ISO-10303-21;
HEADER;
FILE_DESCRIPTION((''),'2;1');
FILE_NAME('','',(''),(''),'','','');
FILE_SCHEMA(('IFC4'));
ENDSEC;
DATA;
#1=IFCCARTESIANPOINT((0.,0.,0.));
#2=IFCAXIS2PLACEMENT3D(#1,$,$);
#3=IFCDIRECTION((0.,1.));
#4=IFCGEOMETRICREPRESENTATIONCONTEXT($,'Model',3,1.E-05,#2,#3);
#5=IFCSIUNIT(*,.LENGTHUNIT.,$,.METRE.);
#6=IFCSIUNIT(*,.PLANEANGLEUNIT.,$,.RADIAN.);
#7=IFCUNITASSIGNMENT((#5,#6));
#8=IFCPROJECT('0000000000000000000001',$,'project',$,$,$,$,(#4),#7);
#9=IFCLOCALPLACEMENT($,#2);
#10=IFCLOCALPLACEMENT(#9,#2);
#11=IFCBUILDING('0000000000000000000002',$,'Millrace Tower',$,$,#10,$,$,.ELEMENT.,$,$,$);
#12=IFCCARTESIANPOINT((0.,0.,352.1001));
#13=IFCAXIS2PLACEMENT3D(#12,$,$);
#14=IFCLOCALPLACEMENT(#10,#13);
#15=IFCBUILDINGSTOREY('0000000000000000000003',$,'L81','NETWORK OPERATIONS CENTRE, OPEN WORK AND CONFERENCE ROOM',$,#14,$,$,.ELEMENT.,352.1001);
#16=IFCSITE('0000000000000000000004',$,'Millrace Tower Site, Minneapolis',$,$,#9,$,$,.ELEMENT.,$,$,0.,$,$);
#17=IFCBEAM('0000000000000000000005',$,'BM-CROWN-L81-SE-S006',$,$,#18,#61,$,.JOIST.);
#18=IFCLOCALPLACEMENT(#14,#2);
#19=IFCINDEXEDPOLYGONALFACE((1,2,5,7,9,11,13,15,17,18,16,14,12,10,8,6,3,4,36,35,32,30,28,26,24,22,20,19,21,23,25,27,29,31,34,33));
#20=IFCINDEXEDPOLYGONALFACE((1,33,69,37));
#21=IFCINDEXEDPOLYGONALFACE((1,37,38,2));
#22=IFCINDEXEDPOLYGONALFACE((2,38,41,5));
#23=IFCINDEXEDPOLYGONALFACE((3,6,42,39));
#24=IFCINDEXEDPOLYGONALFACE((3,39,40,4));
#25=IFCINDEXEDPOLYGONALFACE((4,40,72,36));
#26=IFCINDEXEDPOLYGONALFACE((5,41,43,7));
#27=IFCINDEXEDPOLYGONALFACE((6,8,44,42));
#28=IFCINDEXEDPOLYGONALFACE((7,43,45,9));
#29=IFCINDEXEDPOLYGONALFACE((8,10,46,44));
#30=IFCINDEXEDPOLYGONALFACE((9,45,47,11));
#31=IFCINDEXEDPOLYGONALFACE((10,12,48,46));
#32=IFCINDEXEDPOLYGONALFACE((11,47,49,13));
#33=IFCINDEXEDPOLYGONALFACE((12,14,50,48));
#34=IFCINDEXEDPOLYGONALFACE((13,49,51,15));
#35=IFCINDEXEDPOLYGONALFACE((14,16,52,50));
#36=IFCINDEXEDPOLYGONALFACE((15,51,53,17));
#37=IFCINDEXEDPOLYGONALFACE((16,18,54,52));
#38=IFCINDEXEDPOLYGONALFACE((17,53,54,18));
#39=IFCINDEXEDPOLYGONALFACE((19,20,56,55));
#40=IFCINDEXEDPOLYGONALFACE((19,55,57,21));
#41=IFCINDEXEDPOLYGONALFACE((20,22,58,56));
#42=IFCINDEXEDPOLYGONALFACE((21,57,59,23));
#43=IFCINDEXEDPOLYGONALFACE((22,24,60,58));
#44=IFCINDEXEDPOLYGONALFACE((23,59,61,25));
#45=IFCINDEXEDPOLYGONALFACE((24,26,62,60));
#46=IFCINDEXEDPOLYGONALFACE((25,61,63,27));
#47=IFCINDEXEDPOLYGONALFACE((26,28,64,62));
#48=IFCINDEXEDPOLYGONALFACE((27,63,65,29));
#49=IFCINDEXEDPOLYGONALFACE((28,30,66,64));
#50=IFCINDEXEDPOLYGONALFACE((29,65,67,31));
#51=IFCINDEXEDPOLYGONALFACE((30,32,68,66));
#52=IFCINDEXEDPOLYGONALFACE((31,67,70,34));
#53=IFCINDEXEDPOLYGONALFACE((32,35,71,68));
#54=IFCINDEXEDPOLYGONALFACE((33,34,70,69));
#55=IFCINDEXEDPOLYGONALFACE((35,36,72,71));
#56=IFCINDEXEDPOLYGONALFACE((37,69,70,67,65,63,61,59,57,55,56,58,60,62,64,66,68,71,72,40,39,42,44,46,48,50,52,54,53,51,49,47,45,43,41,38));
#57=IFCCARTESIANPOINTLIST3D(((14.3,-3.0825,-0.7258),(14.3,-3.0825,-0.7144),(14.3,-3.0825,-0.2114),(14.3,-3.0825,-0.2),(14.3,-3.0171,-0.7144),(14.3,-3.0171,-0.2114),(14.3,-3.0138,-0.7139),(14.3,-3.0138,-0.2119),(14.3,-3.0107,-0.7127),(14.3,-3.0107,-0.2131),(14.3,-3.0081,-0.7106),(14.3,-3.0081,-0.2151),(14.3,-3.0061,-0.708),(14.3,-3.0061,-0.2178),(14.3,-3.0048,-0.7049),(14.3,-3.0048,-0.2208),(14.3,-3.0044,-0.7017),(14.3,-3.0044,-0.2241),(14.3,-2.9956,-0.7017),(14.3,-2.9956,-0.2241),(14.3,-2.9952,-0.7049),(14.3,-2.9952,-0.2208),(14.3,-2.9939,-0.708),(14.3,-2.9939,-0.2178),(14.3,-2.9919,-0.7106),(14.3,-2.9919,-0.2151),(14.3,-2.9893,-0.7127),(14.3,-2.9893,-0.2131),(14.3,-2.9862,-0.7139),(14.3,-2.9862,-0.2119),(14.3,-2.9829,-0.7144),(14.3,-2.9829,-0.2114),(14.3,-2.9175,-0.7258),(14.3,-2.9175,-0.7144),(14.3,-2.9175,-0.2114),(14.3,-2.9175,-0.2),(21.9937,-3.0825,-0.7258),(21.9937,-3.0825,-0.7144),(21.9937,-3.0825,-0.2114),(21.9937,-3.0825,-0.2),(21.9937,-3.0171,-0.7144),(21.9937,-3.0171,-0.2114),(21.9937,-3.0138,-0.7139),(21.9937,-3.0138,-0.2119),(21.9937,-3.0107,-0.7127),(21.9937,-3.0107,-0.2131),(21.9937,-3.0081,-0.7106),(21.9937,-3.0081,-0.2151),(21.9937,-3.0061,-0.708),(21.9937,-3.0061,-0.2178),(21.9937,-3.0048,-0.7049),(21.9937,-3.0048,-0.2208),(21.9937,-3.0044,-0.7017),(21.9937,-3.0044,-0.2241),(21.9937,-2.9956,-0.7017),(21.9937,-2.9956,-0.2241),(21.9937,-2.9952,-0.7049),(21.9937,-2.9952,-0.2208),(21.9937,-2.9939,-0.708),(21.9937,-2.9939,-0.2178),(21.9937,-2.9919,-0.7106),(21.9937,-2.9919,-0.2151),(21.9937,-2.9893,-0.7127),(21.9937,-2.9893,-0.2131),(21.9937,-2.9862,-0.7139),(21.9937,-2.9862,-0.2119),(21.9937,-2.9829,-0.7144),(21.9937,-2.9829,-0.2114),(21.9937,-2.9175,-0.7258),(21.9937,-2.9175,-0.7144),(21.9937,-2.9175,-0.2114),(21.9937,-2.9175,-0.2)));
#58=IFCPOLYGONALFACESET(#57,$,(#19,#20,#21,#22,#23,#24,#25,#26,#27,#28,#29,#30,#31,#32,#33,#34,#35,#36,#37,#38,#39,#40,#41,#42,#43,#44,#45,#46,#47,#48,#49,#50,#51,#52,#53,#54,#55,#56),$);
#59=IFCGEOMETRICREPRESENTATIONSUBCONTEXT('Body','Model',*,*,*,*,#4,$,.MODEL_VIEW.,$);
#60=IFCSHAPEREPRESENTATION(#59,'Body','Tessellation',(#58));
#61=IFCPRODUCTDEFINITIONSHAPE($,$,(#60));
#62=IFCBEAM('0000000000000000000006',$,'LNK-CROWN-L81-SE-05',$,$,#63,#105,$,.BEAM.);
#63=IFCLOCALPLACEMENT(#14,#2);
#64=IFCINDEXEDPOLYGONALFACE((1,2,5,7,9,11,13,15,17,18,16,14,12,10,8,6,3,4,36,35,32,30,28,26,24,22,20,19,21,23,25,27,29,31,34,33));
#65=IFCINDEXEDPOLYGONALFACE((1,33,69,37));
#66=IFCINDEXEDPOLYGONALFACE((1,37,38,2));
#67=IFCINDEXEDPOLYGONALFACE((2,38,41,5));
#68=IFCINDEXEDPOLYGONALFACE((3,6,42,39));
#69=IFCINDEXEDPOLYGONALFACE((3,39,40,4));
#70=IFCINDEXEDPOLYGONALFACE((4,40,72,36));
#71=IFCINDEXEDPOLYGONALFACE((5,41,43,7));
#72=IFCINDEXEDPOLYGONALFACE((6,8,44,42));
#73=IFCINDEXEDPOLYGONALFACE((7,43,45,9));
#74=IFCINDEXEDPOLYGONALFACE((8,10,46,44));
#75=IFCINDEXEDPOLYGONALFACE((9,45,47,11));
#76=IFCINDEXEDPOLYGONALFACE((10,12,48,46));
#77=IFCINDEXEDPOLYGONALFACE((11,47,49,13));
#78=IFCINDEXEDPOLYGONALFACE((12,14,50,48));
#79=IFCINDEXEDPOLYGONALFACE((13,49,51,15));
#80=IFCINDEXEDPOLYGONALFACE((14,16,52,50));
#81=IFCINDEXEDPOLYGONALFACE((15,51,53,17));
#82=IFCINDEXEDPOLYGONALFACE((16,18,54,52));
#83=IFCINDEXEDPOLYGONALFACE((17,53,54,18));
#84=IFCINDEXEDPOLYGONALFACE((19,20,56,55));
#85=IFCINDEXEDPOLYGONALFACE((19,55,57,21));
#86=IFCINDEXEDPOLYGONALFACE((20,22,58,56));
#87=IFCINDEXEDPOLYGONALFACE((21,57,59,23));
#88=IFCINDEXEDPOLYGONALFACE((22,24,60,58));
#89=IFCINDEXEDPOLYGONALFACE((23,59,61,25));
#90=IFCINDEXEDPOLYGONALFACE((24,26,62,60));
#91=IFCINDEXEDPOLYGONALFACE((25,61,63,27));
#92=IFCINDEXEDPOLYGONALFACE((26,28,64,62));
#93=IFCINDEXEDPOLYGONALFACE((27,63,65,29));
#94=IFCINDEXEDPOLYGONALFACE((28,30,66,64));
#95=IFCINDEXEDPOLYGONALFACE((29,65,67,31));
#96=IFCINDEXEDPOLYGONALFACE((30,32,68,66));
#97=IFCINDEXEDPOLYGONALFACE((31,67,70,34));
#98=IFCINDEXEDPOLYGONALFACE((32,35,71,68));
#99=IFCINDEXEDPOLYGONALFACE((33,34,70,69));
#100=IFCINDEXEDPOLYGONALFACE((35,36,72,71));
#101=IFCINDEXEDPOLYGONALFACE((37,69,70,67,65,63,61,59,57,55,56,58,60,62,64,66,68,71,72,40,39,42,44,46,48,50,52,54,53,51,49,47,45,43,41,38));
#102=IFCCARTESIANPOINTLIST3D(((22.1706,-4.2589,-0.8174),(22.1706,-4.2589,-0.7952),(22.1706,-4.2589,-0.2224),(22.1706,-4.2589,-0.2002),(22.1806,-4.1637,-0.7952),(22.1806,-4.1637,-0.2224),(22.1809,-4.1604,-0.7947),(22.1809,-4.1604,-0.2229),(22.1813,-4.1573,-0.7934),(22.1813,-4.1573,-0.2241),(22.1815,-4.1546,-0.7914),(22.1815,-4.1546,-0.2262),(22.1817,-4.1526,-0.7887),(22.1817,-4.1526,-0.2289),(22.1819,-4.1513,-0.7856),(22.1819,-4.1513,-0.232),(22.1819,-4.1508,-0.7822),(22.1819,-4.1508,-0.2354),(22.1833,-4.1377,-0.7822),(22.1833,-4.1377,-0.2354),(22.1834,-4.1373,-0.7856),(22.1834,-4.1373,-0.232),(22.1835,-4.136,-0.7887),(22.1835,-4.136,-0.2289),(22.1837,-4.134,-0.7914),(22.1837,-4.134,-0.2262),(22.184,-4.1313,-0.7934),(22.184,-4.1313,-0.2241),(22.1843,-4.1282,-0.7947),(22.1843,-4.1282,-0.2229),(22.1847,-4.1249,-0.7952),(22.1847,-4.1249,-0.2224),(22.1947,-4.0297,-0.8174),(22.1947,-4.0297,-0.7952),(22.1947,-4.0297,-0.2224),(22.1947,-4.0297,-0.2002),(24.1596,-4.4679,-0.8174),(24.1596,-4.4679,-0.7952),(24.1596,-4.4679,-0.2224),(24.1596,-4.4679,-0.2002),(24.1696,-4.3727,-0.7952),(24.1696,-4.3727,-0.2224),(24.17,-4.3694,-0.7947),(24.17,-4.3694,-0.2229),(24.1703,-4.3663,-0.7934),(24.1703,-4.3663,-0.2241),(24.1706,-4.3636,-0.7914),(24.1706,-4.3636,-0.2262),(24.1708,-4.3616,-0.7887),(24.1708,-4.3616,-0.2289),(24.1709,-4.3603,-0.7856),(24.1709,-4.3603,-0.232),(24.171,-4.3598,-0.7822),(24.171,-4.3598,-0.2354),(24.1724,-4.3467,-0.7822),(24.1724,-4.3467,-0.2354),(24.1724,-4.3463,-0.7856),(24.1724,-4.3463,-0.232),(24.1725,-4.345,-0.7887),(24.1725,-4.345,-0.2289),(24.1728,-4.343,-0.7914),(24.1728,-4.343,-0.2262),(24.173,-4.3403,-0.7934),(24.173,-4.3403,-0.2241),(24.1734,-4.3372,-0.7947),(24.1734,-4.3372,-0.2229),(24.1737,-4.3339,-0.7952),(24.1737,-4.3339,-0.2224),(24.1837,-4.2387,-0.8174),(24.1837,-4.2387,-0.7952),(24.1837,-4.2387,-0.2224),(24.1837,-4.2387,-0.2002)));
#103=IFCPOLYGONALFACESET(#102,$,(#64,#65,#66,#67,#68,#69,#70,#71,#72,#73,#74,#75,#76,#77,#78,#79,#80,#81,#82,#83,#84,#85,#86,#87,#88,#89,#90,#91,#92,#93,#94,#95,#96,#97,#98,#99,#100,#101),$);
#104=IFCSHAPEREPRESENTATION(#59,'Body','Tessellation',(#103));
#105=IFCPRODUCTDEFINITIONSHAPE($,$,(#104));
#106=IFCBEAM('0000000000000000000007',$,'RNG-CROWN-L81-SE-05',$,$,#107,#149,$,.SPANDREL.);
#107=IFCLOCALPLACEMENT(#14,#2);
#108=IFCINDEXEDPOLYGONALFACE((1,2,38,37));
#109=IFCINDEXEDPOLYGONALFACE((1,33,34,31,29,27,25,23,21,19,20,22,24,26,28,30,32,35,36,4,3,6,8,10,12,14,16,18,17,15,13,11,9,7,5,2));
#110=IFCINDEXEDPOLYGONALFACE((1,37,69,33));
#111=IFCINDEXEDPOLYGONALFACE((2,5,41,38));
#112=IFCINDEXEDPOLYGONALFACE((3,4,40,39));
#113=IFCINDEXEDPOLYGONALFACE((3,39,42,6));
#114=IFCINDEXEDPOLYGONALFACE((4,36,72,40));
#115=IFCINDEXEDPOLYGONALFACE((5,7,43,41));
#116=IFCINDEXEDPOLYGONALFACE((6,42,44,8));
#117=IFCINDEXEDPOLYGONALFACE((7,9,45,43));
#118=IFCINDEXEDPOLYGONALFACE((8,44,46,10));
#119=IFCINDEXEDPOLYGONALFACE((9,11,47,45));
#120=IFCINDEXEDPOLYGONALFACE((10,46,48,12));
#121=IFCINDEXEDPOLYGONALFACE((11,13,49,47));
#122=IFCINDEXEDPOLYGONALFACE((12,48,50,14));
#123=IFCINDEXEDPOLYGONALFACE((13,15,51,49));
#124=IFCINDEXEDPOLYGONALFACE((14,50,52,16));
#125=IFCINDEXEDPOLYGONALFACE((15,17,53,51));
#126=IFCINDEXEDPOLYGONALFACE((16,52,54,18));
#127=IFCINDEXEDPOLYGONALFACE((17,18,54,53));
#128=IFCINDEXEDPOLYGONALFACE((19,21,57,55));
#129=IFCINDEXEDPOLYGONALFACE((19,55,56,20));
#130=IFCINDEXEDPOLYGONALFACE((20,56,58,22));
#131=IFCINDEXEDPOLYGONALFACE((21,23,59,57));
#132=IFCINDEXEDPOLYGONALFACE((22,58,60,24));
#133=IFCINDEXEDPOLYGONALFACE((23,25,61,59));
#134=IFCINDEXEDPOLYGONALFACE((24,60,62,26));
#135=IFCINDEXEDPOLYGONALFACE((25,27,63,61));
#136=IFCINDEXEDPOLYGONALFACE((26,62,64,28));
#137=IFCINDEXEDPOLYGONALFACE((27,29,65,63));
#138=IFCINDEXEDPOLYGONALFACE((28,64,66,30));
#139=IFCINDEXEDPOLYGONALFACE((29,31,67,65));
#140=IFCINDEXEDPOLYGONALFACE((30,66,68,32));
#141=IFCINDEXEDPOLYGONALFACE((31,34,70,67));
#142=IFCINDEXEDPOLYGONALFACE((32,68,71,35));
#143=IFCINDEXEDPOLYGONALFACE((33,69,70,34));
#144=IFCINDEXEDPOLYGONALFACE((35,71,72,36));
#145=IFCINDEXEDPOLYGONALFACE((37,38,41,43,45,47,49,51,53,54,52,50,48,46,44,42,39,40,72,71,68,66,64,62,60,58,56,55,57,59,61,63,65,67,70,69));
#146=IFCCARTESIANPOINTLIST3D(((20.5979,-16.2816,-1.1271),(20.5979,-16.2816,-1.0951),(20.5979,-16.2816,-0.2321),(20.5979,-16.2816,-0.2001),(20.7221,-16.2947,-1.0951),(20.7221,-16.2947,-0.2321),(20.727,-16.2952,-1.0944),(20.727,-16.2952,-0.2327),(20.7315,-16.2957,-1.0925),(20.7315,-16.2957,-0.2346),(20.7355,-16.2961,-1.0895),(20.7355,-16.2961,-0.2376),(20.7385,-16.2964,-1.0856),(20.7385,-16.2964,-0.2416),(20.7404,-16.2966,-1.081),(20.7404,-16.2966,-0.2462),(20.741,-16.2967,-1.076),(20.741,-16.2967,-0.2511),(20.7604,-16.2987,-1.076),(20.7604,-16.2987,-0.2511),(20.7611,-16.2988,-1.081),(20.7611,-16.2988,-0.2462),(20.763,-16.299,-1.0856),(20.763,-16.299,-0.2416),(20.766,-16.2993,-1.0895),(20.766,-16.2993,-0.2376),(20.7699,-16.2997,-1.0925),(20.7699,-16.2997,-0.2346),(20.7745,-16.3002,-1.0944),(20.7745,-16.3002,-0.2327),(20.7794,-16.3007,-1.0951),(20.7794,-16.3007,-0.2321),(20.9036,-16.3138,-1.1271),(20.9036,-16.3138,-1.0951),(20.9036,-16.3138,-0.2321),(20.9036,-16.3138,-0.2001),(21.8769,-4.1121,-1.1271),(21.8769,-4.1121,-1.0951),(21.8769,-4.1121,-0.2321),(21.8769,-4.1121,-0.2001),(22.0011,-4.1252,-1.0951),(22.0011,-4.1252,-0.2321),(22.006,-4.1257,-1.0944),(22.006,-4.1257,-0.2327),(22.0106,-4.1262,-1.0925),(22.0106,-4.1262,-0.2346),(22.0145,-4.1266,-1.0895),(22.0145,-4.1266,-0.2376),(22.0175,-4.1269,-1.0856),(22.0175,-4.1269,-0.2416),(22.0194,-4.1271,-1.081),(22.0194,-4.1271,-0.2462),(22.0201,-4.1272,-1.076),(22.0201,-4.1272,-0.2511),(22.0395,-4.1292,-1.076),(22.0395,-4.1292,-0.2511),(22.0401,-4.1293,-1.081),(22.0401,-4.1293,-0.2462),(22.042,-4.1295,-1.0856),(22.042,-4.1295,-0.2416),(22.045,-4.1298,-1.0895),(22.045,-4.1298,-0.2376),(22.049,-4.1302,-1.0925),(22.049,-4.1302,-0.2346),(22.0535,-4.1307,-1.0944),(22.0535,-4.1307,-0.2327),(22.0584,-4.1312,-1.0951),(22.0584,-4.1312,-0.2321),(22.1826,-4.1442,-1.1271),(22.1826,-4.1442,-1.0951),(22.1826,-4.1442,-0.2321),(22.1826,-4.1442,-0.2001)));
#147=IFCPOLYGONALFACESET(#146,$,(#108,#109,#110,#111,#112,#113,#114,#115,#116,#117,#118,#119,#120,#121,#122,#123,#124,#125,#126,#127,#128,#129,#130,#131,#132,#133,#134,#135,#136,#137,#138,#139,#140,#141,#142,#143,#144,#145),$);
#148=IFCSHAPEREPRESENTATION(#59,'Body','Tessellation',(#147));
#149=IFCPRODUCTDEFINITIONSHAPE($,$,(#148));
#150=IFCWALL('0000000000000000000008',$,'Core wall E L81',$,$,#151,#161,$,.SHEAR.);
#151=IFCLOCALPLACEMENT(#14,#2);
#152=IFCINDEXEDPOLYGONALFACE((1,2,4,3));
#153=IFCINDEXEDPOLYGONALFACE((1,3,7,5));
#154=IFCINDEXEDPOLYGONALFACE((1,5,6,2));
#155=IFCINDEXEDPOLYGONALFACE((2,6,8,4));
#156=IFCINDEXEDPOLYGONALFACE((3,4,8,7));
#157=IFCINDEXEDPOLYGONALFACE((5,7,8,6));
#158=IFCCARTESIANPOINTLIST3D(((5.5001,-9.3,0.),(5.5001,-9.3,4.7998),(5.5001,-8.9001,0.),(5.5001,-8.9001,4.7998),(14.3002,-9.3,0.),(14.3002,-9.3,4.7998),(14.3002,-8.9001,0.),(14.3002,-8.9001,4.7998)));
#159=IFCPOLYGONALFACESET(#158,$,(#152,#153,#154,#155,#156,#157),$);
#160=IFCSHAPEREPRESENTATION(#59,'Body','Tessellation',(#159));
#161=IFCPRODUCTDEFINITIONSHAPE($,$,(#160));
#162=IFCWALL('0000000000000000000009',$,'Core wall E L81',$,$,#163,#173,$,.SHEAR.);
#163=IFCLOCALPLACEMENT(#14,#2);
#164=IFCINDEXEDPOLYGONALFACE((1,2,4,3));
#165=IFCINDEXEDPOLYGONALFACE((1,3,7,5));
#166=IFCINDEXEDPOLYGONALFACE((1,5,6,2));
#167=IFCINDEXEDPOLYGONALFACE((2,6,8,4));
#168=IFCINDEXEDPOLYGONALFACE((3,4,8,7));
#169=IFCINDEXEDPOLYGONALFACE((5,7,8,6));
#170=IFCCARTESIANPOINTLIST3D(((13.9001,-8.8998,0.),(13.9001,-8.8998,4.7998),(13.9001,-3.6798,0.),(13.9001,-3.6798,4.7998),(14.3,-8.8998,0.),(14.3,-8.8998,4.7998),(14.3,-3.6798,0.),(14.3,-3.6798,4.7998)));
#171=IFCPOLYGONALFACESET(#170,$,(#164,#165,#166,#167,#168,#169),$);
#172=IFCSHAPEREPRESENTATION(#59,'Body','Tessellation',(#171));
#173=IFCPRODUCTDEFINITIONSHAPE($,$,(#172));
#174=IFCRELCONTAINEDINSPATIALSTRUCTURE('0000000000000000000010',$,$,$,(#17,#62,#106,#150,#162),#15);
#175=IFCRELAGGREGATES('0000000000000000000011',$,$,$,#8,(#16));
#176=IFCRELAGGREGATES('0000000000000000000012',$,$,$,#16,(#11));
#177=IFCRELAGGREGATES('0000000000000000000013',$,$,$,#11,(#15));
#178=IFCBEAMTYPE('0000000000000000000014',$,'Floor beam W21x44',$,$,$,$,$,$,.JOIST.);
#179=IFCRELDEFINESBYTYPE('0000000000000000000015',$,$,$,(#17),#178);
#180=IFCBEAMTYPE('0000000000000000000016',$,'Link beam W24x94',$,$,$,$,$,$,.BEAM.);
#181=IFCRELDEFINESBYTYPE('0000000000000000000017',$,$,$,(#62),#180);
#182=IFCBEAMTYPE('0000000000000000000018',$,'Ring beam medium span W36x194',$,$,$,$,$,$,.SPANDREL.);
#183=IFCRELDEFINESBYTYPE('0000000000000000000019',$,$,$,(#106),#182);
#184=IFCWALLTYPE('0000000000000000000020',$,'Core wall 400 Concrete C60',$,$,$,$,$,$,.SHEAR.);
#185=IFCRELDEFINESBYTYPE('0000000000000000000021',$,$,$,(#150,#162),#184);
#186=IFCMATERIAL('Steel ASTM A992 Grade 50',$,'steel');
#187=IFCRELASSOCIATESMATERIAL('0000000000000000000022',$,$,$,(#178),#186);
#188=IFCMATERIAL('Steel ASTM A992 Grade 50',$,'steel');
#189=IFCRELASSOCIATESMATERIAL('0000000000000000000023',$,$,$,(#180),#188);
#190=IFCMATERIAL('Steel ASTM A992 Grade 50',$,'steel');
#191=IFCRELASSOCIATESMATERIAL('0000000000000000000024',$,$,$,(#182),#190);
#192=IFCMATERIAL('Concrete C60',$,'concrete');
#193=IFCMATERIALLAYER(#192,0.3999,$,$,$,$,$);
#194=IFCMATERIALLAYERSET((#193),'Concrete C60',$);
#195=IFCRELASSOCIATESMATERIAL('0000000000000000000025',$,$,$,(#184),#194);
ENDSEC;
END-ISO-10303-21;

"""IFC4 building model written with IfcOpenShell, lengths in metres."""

from ifc_helpers import new_model, si_unit, direction, frame, frame_2d, origin, origin_2d, place, context, subcontext, project, spatial, rectangle, i_section, extrude, material, layer, layer_set, material_profile, profile_set, type_object, element, save


model = new_model("IFC4")

# Units and contexts
model_context = context("Model", 3, precision=1e-05, world=origin(), true_north=direction((0.0, 1.0)))
body_context = subcontext(model_context, "Body", "Model", "MODEL_VIEW")
ifc_project = project(units=[si_unit("LENGTHUNIT", "METRE"), si_unit("PLANEANGLEUNIT", "RADIAN")], contexts=[model_context])

# Site, building, storey
site_placement = place(None, origin())
site = spatial("IfcSite", under=ifc_project, at=site_placement, Name="Millrace Tower Site, Minneapolis", CompositionType="ELEMENT", RefElevation=0.0)
building_placement = place(site_placement, origin())
building = spatial("IfcBuilding", under=site, at=building_placement, Name="Millrace Tower", CompositionType="ELEMENT")
storey_placement = place(building_placement, frame((0.0, 0.0, 352.1001)))
storey = spatial("IfcBuildingStorey", under=building, at=storey_placement, Name="L81", Description="NETWORK OPERATIONS CENTRE, OPEN WORK AND CONFERENCE ROOM", CompositionType="ELEMENT", Elevation=352.1001)

# Beams
ifc_material_1 = material(Name="Steel ASTM A992 Grade 50", Category="steel")
ifc_material_profile_1 = material_profile(ifc_material_1, i_section(OverallWidth=0.165, OverallDepth=0.5259, WebThickness=0.0088, FlangeThickness=0.0115, FilletRadius=0.0127, at=origin_2d()))
ifc_profile_set_1 = profile_set([ifc_material_profile_1], Name="Steel ASTM A992 Grade 50")
beam_type_1 = type_object("IfcBeamType", Name="Floor beam W21x44", PredefinedType="JOIST", material=ifc_profile_set_1)
beam_1_placement = place(storey_placement, frame((14.3, -3.0, -0.4629), z_axis=(1.0, 0.0, 0.0), x_axis=(0.0, 1.0, 0.0)))
element("IfcBeam", 1, at=beam_1_placement, inside=storey, type_object=beam_type_1, Name="BM-CROWN-L81-SE-S006", PredefinedType="JOIST", context=body_context, shape_type="SweptSolid", body=[
    extrude(i_section(OverallWidth=0.165, OverallDepth=0.5259, WebThickness=0.0088, FlangeThickness=0.0115, FilletRadius=0.0127, at=origin_2d()), origin(), (0.0, 0.0, 1.0), 7.6936),
])
ifc_material_2 = material(Name="Steel ASTM A992 Grade 50", Category="steel")
ifc_material_profile_2 = material_profile(ifc_material_2, i_section(OverallWidth=0.2305, OverallDepth=0.6172, WebThickness=0.0132, FlangeThickness=0.0222, FilletRadius=0.0129, at=origin_2d()))
ifc_profile_set_2 = profile_set([ifc_material_profile_2], Name="Steel ASTM A992 Grade 50")
beam_type_2 = type_object("IfcBeamType", Name="Link beam W24x94", PredefinedType="BEAM", material=ifc_profile_set_2)
beam_2_placement = place(storey_placement, frame((22.1826, -4.1443, -0.5088), z_axis=(0.994526, -0.104494, 0.0), x_axis=(0.104494, 0.994526, 0.0)))
element("IfcBeam", 2, at=beam_2_placement, inside=storey, type_object=beam_type_2, Name="LNK-CROWN-L81-SE-05", PredefinedType="BEAM", context=body_context, shape_type="SweptSolid", body=[
    extrude(i_section(OverallWidth=0.2305, OverallDepth=0.6172, WebThickness=0.0132, FlangeThickness=0.0222, FilletRadius=0.0129, at=origin_2d()), origin(), (0.0, 0.0, 1.0), 2.0),
])
ifc_material_3 = material(Name="Steel ASTM A992 Grade 50", Category="steel")
ifc_material_profile_3 = material_profile(ifc_material_3, i_section(OverallWidth=0.3074, OverallDepth=0.927, WebThickness=0.0195, FlangeThickness=0.032, FilletRadius=0.019, at=origin_2d()))
ifc_profile_set_3 = profile_set([ifc_material_profile_3], Name="Steel ASTM A992 Grade 50")
beam_type_3 = type_object("IfcBeamType", Name="Ring beam medium span W36x194", PredefinedType="SPANDREL", material=ifc_profile_set_3)
beam_3_placement = place(storey_placement, frame((22.0298, -4.1282, -0.6636), z_axis=(-0.104528, -0.994522, 0.0), x_axis=(0.994522, -0.104528, 0.0)))
element("IfcBeam", 3, at=beam_3_placement, inside=storey, type_object=beam_type_3, Name="RNG-CROWN-L81-SE-05", PredefinedType="SPANDREL", context=body_context, shape_type="SweptSolid", body=[
    extrude(i_section(OverallWidth=0.3074, OverallDepth=0.927, WebThickness=0.0195, FlangeThickness=0.032, FilletRadius=0.019, at=origin_2d()), origin(), (0.0, 0.0, 1.0), 12.2366),
])

# Walls
ifc_material_4 = material(Name="Concrete C60", Category="concrete")
ifc_layer_1 = layer(ifc_material_4, 0.3999)
ifc_layer_set_1 = layer_set([ifc_layer_1], Name="Concrete C60")
wall_type_1 = type_object("IfcWallType", Name="Core wall 400 Concrete C60", PredefinedType="SHEAR", material=ifc_layer_set_1)
wall_1_placement = place(storey_placement, frame((14.3, -9.1001, 0.0), z_axis=(0.0, 0.0, 1.0), x_axis=(-1.0, 0.0, 0.0)))
element("IfcWall", 4, at=wall_1_placement, inside=storey, type_object=wall_type_1, Name="Core wall E L81", PredefinedType="SHEAR", context=body_context, shape_type="SweptSolid", body=[
    extrude(rectangle(XDim=8.8, YDim=0.3999, at=frame_2d((4.3999, 0.0))), origin(), (0.0, 0.0, 1.0), 4.7998),
])
wall_2_placement = place(storey_placement, frame((14.1001, -3.6799, 0.0), z_axis=(0.0, 0.0, 1.0), x_axis=(0.0, -1.0, 0.0)))
element("IfcWall", 5, at=wall_2_placement, inside=storey, type_object=wall_type_1, Name="Core wall E L81", PredefinedType="SHEAR", context=body_context, shape_type="SweptSolid", body=[
    extrude(rectangle(XDim=5.22, YDim=0.3999, at=frame_2d((2.6099, 0.0))), origin(), (0.0, 0.0, 1.0), 4.7998),
])

save(model, "model.ifc")
